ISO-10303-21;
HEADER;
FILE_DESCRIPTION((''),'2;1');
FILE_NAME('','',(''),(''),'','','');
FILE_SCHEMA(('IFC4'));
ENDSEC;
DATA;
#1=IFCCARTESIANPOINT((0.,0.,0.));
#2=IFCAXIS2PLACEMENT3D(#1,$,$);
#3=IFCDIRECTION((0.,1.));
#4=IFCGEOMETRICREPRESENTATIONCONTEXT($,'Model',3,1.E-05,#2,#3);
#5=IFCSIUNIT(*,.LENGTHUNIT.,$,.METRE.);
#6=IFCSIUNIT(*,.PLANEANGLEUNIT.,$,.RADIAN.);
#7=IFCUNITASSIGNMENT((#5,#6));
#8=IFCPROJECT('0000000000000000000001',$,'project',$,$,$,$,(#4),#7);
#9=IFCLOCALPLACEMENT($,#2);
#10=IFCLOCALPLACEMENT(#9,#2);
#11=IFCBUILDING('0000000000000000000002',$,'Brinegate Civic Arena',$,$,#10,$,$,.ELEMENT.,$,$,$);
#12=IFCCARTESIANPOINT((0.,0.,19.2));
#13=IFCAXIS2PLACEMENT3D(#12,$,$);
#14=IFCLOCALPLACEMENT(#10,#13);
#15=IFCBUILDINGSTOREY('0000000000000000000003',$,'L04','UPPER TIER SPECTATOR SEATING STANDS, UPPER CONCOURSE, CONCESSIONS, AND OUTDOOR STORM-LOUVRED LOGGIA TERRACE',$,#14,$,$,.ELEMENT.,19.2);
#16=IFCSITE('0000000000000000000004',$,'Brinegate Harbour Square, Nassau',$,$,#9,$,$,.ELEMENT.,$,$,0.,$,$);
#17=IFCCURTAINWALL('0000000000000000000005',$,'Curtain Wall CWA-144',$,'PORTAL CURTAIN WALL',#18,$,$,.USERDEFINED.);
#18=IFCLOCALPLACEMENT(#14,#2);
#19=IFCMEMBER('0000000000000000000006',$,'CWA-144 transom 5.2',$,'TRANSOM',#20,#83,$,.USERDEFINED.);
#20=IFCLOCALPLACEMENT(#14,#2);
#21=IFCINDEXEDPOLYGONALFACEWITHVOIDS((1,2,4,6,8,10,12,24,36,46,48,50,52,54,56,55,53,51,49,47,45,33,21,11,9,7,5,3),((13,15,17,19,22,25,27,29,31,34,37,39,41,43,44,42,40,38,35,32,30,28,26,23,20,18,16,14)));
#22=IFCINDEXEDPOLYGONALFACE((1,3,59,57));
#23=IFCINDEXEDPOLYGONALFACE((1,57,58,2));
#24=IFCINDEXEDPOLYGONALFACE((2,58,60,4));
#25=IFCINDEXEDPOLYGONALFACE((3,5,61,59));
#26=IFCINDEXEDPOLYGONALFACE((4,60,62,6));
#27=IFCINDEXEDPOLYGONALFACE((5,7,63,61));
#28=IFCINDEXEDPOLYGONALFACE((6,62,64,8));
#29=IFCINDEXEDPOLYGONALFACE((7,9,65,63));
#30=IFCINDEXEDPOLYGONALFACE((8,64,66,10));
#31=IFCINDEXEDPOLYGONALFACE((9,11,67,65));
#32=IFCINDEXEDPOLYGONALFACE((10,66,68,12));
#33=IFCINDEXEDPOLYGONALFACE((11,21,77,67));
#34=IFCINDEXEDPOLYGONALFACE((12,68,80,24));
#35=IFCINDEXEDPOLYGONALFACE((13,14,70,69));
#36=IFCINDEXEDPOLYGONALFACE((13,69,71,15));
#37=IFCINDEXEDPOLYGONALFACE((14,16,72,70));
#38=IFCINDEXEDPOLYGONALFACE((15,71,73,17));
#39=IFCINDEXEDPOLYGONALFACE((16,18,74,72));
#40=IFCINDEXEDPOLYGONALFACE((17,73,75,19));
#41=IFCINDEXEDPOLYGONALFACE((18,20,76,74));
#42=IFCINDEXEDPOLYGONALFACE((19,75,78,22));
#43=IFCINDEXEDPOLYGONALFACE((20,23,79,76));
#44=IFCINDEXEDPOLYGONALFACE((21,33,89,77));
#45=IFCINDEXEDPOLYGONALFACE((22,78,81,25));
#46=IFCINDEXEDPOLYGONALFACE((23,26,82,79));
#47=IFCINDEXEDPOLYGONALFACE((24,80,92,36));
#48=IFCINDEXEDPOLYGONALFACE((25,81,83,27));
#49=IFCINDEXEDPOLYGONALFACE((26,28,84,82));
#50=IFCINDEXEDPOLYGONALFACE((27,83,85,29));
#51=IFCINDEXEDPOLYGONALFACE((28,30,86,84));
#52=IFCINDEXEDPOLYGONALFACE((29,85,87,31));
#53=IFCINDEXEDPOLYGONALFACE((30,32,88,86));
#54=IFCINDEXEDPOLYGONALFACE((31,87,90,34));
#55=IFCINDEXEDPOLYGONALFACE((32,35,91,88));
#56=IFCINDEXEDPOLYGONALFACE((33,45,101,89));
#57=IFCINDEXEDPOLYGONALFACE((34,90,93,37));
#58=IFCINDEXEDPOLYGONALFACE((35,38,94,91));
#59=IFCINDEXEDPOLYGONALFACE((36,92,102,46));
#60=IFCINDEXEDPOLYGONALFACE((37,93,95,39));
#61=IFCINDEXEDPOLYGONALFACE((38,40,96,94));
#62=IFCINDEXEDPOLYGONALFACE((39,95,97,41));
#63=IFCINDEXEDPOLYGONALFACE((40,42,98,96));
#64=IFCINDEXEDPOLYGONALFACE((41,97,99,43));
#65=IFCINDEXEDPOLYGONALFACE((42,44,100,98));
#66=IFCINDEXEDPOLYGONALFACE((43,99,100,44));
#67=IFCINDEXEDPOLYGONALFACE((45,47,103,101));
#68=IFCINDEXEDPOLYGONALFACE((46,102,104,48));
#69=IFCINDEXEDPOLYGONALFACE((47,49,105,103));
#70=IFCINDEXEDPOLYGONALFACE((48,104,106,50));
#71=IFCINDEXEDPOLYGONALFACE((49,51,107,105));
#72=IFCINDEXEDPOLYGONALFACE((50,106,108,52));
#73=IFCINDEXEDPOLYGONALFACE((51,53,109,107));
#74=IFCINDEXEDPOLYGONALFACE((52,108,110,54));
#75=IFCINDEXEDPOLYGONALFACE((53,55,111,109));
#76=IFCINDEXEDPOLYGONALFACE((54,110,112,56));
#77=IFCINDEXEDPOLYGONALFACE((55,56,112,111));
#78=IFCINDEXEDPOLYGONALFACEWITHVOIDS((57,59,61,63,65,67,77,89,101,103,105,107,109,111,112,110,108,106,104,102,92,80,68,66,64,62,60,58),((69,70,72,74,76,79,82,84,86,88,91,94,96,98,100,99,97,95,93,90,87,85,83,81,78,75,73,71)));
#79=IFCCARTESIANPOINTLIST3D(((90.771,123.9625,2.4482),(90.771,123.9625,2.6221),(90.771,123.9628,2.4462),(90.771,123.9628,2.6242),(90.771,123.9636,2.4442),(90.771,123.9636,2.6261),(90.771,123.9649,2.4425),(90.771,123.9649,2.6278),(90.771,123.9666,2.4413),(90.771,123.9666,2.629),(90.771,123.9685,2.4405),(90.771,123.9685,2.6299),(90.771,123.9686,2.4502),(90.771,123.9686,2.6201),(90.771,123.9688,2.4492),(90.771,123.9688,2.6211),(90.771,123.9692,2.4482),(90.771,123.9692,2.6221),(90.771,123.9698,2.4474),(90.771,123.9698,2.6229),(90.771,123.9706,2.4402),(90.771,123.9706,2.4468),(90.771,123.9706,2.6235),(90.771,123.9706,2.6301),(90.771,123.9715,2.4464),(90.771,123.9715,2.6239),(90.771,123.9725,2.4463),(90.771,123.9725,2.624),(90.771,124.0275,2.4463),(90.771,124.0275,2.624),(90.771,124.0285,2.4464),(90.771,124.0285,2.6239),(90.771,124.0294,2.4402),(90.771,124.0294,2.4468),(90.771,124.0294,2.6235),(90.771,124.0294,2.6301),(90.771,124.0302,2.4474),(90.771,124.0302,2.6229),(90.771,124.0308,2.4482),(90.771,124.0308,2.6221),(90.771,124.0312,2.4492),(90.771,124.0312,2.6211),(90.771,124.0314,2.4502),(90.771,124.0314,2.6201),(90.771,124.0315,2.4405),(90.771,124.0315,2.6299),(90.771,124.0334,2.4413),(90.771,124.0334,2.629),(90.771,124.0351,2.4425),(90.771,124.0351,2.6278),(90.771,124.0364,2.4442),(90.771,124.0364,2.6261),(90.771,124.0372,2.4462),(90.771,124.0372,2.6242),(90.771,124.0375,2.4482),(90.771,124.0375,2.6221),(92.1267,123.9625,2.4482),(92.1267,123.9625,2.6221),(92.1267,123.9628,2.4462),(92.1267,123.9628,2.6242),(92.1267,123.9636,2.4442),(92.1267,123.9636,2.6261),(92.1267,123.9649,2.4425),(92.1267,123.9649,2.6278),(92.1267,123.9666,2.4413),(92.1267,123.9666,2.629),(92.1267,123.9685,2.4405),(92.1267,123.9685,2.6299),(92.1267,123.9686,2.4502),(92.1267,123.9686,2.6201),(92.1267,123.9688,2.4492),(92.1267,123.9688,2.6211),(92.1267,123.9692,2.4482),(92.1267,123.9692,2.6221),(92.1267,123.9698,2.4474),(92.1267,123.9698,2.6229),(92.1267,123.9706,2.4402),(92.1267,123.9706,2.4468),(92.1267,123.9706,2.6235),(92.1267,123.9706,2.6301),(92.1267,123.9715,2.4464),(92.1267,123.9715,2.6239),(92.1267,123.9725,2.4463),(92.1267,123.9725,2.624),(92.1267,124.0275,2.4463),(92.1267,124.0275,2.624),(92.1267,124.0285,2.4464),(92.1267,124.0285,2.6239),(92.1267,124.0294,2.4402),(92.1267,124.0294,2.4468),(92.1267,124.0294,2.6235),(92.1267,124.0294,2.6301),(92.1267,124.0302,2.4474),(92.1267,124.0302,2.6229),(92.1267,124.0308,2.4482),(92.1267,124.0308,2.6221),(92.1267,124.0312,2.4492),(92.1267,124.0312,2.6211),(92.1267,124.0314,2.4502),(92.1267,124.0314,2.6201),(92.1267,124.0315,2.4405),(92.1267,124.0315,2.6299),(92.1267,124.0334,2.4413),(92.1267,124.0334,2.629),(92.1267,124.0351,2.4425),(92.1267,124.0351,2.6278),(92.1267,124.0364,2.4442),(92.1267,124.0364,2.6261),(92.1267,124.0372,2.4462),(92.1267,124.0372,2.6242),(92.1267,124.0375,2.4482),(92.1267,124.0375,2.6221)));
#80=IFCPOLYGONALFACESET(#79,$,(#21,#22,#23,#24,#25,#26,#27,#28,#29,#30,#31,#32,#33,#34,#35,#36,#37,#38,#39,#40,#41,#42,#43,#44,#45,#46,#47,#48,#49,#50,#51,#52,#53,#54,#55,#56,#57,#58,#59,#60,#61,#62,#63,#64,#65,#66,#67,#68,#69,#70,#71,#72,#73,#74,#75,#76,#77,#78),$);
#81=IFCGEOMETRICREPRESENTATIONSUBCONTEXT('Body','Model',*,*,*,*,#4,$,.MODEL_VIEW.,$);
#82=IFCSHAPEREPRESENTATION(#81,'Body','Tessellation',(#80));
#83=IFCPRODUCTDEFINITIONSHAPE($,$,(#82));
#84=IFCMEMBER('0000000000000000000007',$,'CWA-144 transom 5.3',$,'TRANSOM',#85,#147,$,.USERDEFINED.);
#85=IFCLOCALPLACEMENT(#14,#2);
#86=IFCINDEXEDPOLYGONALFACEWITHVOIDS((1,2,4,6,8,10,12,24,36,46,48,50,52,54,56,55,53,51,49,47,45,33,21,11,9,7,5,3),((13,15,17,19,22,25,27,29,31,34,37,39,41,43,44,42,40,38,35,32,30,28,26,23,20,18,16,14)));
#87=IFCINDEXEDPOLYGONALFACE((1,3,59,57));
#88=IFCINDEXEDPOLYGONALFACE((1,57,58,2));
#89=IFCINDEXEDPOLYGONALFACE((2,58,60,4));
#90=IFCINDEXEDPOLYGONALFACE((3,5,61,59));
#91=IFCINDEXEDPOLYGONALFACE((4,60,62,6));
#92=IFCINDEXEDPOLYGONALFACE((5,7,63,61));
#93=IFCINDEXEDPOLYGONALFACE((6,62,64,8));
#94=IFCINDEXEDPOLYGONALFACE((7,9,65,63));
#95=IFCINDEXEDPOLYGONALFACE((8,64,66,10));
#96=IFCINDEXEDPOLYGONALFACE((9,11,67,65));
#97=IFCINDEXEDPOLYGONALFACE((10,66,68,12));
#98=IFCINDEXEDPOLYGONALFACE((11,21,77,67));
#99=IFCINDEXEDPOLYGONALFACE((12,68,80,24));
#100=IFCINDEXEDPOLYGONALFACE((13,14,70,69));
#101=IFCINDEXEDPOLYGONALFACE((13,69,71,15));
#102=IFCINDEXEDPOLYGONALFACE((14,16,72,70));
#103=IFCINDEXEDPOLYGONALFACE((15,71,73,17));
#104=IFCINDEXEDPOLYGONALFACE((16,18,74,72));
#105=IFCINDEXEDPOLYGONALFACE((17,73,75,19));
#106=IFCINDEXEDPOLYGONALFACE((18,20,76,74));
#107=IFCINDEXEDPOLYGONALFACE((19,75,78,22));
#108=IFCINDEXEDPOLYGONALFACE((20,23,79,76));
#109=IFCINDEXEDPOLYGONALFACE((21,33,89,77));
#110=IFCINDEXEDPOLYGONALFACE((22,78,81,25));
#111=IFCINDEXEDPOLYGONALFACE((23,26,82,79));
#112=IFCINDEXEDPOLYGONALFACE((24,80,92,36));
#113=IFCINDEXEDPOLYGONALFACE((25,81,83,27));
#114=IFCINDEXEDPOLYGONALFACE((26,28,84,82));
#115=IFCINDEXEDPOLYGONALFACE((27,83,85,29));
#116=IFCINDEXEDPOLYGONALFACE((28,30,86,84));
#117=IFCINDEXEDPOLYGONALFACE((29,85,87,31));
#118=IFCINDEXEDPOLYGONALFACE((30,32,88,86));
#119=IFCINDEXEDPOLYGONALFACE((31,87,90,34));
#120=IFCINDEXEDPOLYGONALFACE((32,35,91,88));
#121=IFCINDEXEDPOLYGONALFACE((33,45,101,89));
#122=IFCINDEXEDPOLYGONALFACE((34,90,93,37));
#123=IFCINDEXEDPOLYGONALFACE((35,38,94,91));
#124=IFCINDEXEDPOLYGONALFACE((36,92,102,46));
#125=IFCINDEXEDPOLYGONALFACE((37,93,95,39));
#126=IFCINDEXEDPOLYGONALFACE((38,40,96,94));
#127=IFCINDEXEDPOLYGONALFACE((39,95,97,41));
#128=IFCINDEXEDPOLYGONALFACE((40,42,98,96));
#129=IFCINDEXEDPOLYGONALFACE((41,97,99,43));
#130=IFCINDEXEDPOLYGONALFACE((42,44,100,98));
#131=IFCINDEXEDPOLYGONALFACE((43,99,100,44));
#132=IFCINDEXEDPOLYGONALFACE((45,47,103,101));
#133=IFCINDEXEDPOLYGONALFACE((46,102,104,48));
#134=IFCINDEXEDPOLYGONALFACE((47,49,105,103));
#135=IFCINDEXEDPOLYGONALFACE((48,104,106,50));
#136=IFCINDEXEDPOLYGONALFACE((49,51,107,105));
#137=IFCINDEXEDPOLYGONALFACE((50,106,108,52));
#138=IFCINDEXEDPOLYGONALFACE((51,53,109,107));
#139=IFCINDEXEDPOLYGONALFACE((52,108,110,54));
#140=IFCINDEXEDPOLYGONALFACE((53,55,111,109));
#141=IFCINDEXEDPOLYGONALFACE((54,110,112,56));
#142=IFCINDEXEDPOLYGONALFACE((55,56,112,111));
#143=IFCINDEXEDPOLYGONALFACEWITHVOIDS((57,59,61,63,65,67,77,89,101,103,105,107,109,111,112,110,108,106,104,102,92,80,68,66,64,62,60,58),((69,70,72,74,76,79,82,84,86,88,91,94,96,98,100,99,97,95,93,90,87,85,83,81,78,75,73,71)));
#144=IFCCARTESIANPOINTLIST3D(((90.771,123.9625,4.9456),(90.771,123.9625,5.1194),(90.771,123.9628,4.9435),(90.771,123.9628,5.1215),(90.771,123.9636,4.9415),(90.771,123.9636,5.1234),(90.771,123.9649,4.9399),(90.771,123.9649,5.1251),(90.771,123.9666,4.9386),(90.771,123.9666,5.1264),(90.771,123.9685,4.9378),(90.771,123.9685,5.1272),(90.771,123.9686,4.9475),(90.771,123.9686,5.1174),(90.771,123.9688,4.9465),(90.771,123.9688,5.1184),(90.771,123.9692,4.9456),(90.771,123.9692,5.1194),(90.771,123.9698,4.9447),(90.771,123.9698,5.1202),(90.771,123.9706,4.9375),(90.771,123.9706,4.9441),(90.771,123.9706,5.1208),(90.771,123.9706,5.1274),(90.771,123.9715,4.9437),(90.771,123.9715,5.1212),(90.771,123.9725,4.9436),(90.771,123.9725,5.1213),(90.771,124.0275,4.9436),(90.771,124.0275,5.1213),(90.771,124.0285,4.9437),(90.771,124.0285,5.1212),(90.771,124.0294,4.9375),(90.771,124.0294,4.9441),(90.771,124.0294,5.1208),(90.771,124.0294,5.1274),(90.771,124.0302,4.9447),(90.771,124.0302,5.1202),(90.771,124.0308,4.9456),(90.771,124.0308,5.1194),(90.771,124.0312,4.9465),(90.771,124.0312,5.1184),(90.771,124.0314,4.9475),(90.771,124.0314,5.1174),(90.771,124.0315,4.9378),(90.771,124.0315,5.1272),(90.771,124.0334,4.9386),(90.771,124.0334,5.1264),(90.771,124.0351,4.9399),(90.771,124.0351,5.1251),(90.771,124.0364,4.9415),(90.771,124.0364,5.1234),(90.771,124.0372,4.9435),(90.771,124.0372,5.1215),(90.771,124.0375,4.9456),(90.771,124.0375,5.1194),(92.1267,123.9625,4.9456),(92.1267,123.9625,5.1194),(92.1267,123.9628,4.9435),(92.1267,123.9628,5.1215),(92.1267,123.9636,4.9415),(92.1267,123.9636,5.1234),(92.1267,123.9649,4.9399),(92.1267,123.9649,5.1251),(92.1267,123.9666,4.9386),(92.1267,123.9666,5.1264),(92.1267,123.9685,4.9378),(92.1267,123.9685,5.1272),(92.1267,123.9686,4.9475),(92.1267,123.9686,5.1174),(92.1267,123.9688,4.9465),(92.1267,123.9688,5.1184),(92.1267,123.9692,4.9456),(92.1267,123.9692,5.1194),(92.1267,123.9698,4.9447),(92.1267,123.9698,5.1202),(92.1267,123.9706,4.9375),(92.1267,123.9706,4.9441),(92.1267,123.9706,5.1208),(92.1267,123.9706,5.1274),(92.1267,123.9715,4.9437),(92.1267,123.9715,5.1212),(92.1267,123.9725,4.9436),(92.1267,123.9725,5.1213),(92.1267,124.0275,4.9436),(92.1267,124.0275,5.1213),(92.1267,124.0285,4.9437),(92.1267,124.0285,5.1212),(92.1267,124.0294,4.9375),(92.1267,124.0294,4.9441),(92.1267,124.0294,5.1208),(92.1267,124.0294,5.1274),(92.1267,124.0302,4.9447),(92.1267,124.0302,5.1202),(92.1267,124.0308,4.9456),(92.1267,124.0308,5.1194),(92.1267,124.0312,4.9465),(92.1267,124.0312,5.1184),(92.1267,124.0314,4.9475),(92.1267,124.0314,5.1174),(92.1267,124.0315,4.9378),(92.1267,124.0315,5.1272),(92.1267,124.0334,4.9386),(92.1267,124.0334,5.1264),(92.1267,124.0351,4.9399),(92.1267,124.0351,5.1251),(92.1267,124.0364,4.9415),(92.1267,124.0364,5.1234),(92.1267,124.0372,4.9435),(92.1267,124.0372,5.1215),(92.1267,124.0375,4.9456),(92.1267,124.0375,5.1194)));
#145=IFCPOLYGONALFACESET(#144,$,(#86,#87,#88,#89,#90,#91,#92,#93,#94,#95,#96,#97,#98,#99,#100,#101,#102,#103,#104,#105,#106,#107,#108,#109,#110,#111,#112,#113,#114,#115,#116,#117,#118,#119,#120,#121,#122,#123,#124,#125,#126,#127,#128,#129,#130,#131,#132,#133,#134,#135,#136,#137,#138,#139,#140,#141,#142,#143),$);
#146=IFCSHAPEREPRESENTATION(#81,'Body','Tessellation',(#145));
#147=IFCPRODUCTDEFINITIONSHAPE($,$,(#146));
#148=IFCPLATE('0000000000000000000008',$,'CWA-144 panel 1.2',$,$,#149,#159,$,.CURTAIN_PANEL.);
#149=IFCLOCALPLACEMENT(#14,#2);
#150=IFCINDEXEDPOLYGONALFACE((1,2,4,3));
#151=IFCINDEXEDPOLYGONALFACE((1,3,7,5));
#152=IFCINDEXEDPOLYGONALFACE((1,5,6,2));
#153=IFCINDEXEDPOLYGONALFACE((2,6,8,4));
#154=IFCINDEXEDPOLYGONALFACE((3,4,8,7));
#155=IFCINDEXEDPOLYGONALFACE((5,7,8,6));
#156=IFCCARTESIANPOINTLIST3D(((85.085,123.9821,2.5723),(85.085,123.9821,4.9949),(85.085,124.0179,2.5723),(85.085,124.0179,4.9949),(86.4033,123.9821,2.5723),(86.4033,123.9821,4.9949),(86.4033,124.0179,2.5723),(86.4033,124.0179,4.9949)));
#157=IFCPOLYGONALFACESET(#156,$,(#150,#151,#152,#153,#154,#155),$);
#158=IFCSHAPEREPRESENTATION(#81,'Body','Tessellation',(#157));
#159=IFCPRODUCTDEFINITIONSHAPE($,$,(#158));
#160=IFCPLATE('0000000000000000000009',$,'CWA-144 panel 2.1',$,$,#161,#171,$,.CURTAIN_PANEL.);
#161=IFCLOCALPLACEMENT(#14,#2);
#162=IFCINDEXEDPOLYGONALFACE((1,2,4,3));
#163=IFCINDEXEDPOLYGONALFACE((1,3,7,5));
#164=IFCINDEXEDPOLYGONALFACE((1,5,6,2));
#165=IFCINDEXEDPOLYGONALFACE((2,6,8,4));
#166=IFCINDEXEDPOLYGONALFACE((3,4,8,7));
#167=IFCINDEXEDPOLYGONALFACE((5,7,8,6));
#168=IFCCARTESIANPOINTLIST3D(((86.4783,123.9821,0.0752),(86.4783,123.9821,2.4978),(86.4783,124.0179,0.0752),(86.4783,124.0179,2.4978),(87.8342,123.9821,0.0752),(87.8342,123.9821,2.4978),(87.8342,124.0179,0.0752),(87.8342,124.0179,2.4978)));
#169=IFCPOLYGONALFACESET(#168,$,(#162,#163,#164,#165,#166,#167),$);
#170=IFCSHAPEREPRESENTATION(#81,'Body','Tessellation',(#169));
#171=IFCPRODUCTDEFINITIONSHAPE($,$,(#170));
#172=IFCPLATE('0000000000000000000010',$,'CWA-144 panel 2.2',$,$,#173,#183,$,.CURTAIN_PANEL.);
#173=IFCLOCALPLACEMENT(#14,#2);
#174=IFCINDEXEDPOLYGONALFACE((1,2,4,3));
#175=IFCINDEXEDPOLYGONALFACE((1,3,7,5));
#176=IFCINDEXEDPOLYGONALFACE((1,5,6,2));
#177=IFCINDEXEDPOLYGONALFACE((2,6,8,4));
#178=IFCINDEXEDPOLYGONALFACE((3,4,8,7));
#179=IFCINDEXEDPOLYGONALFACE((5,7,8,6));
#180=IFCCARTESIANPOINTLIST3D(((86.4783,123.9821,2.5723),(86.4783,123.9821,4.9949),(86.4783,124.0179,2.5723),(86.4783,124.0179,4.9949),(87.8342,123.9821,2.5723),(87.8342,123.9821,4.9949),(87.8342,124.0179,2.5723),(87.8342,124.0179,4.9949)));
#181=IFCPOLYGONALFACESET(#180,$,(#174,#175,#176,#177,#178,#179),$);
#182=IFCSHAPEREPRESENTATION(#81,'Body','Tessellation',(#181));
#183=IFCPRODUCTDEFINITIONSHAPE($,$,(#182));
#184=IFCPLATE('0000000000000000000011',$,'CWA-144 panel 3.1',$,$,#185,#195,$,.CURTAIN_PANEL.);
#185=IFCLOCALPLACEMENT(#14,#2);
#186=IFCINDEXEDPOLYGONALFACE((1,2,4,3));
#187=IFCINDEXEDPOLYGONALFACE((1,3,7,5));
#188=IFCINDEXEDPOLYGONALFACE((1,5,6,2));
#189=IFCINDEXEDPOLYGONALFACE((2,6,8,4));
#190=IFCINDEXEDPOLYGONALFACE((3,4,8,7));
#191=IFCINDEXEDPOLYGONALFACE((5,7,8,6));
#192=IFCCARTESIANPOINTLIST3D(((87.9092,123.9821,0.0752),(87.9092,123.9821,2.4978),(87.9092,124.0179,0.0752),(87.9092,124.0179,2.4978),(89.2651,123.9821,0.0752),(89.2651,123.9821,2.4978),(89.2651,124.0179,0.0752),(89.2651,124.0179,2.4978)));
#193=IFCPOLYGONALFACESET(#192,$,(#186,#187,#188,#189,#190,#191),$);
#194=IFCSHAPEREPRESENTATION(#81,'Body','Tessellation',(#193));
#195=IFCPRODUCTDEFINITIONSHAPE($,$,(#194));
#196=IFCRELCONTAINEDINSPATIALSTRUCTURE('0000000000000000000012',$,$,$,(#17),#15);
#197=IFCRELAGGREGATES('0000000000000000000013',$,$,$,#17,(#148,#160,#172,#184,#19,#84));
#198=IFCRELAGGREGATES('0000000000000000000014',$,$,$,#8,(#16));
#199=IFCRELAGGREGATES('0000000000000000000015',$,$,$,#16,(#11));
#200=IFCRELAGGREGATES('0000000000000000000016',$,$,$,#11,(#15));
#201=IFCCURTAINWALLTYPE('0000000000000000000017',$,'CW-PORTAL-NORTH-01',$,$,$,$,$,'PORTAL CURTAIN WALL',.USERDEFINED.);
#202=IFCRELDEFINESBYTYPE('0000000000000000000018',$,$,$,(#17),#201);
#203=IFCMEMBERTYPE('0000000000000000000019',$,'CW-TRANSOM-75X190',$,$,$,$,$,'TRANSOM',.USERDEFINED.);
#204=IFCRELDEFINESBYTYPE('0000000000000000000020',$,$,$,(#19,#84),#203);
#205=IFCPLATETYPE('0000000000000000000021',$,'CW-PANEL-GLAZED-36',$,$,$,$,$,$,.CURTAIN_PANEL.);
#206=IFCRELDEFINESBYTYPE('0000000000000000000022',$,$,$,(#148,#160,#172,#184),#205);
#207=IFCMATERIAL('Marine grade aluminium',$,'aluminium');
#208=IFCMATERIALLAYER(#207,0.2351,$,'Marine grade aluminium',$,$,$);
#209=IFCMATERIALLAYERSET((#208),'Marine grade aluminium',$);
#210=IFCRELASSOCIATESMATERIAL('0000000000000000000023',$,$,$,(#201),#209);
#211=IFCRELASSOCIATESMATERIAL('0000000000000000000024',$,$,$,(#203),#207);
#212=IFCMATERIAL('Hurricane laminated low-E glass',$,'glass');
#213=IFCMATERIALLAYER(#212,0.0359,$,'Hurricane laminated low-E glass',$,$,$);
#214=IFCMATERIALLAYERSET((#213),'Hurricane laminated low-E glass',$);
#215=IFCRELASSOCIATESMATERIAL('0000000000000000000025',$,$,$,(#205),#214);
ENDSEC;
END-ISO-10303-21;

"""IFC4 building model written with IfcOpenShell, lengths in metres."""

from ifc_helpers import new_model, si_unit, direction, frame, origin, origin_2d, place, context, subcontext, project, spatial, rectangle, hollow_rectangle, extrude, material, layer, layer_set, material_profile, profile_set, type_object, element, aggregate, save


model = new_model("IFC4")

# Units and contexts
model_context = context("Model", 3, precision=1e-05, world=origin(), true_north=direction((0.0, 1.0)))
body_context = subcontext(model_context, "Body", "Model", "MODEL_VIEW")
ifc_project = project(units=[si_unit("LENGTHUNIT", "METRE"), si_unit("PLANEANGLEUNIT", "RADIAN")], contexts=[model_context])

# Site, building, storey
site_placement = place(None, origin())
site = spatial("IfcSite", under=ifc_project, at=site_placement, Name="Brinegate Harbour Square, Nassau", CompositionType="ELEMENT", RefElevation=0.0)
building_placement = place(site_placement, origin())
building = spatial("IfcBuilding", under=site, at=building_placement, Name="Brinegate Civic Arena", CompositionType="ELEMENT")
storey_placement = place(building_placement, frame((0.0, 0.0, 19.2)))
storey = spatial("IfcBuildingStorey", under=building, at=storey_placement, Name="L04", Description="UPPER TIER SPECTATOR SEATING STANDS, UPPER CONCOURSE, CONCESSIONS, AND OUTDOOR STORM-LOUVRED LOGGIA TERRACE", CompositionType="ELEMENT", Elevation=19.2)

# Curtain wall, members, plates
ifc_material_1 = material(Name="Marine grade aluminium", Category="aluminium")
ifc_layer_1 = layer(ifc_material_1, 0.2351, Name="Marine grade aluminium")
ifc_layer_set_1 = layer_set([ifc_layer_1], Name="Marine grade aluminium")
curtain_wall_type = type_object("IfcCurtainWallType", Name="CW-PORTAL-NORTH-01", ElementType="PORTAL CURTAIN WALL", PredefinedType="USERDEFINED", material=ifc_layer_set_1)
curtain_wall_placement = place(storey_placement, origin())
curtain_wall = element("IfcCurtainWall", 1, at=curtain_wall_placement, inside=storey, type_object=curtain_wall_type, Name="Curtain Wall CWA-144", ObjectType="PORTAL CURTAIN WALL", PredefinedType="USERDEFINED")
ifc_material_profile_1 = material_profile(ifc_material_1, hollow_rectangle(XDim=0.075, YDim=0.1899, WallThickness=0.0061, InnerFilletRadius=0.0039, OuterFilletRadius=0.0081, at=origin_2d()), Name="TRN75X190")
ifc_profile_set_1 = profile_set([ifc_material_profile_1], Name="Marine grade aluminium")
member_type_1 = type_object("IfcMemberType", Name="CW-TRANSOM-75X190", ElementType="TRANSOM", PredefinedType="USERDEFINED", material=ifc_profile_set_1)
member_1_placement = place(storey_placement, frame((90.771, 124.0, 2.5352), z_axis=(1.0, 0.0, 0.0), x_axis=(0.0, 1.0, 0.0)))
member_1 = element("IfcMember", 2, at=member_1_placement, type_object=member_type_1, Name="CWA-144 transom 5.2", ObjectType="TRANSOM", PredefinedType="USERDEFINED", context=body_context, shape_type="SweptSolid", body=[
    extrude(hollow_rectangle(XDim=0.075, YDim=0.1899, WallThickness=0.0061, InnerFilletRadius=0.0039, OuterFilletRadius=0.0081, at=origin_2d()), origin(), (0.0, 0.0, 1.0), 1.3557),
])
member_2_placement = place(storey_placement, frame((90.771, 124.0, 5.0325), z_axis=(1.0, 0.0, 0.0), x_axis=(0.0, 1.0, 0.0)))
member_2 = element("IfcMember", 3, at=member_2_placement, type_object=member_type_1, Name="CWA-144 transom 5.3", ObjectType="TRANSOM", PredefinedType="USERDEFINED", context=body_context, shape_type="SweptSolid", body=[
    extrude(hollow_rectangle(XDim=0.075, YDim=0.1899, WallThickness=0.0061, InnerFilletRadius=0.0039, OuterFilletRadius=0.0081, at=origin_2d()), origin(), (0.0, 0.0, 1.0), 1.3557),
])
ifc_material_2 = material(Name="Hurricane laminated low-E glass", Category="glass")
ifc_layer_2 = layer(ifc_material_2, 0.0359, Name="Hurricane laminated low-E glass")
ifc_layer_set_2 = layer_set([ifc_layer_2], Name="Hurricane laminated low-E glass")
plate_type = type_object("IfcPlateType", Name="CW-PANEL-GLAZED-36", PredefinedType="CURTAIN_PANEL", material=ifc_layer_set_2)
plate_1_placement = place(storey_placement, frame((85.7441, 124.0, 2.5723), z_axis=(0.0, 0.0, 1.0), x_axis=(1.0, 0.0, 0.0)))
plate_1 = element("IfcPlate", 4, at=plate_1_placement, type_object=plate_type, Name="CWA-144 panel 1.2", PredefinedType="CURTAIN_PANEL", context=body_context, shape_type="SweptSolid", body=[
    extrude(rectangle(XDim=1.3184, YDim=0.0359, at=origin_2d()), origin(), (0.0, 0.0, 1.0), 2.4226),
])
plate_2_placement = place(storey_placement, frame((87.1562, 124.0, 0.0752), z_axis=(0.0, 0.0, 1.0), x_axis=(1.0, 0.0, 0.0)))
plate_2 = element("IfcPlate", 5, at=plate_2_placement, type_object=plate_type, Name="CWA-144 panel 2.1", PredefinedType="CURTAIN_PANEL", context=body_context, shape_type="SweptSolid", body=[
    extrude(rectangle(XDim=1.356, YDim=0.0359, at=origin_2d()), origin(), (0.0, 0.0, 1.0), 2.4226),
])
plate_3_placement = place(storey_placement, frame((87.1562, 124.0, 2.5723), z_axis=(0.0, 0.0, 1.0), x_axis=(1.0, 0.0, 0.0)))
plate_3 = element("IfcPlate", 6, at=plate_3_placement, type_object=plate_type, Name="CWA-144 panel 2.2", PredefinedType="CURTAIN_PANEL", context=body_context, shape_type="SweptSolid", body=[
    extrude(rectangle(XDim=1.356, YDim=0.0359, at=origin_2d()), origin(), (0.0, 0.0, 1.0), 2.4226),
])
plate_4_placement = place(storey_placement, frame((88.5872, 124.0, 0.0752), z_axis=(0.0, 0.0, 1.0), x_axis=(1.0, 0.0, 0.0)))
plate_4 = element("IfcPlate", 7, at=plate_4_placement, type_object=plate_type, Name="CWA-144 panel 3.1", PredefinedType="CURTAIN_PANEL", context=body_context, shape_type="SweptSolid", body=[
    extrude(rectangle(XDim=1.356, YDim=0.0359, at=origin_2d()), origin(), (0.0, 0.0, 1.0), 2.4226),
])
aggregate(curtain_wall, [plate_1, plate_2, plate_3, plate_4, member_1, member_2])

save(model, "model.ifc")
